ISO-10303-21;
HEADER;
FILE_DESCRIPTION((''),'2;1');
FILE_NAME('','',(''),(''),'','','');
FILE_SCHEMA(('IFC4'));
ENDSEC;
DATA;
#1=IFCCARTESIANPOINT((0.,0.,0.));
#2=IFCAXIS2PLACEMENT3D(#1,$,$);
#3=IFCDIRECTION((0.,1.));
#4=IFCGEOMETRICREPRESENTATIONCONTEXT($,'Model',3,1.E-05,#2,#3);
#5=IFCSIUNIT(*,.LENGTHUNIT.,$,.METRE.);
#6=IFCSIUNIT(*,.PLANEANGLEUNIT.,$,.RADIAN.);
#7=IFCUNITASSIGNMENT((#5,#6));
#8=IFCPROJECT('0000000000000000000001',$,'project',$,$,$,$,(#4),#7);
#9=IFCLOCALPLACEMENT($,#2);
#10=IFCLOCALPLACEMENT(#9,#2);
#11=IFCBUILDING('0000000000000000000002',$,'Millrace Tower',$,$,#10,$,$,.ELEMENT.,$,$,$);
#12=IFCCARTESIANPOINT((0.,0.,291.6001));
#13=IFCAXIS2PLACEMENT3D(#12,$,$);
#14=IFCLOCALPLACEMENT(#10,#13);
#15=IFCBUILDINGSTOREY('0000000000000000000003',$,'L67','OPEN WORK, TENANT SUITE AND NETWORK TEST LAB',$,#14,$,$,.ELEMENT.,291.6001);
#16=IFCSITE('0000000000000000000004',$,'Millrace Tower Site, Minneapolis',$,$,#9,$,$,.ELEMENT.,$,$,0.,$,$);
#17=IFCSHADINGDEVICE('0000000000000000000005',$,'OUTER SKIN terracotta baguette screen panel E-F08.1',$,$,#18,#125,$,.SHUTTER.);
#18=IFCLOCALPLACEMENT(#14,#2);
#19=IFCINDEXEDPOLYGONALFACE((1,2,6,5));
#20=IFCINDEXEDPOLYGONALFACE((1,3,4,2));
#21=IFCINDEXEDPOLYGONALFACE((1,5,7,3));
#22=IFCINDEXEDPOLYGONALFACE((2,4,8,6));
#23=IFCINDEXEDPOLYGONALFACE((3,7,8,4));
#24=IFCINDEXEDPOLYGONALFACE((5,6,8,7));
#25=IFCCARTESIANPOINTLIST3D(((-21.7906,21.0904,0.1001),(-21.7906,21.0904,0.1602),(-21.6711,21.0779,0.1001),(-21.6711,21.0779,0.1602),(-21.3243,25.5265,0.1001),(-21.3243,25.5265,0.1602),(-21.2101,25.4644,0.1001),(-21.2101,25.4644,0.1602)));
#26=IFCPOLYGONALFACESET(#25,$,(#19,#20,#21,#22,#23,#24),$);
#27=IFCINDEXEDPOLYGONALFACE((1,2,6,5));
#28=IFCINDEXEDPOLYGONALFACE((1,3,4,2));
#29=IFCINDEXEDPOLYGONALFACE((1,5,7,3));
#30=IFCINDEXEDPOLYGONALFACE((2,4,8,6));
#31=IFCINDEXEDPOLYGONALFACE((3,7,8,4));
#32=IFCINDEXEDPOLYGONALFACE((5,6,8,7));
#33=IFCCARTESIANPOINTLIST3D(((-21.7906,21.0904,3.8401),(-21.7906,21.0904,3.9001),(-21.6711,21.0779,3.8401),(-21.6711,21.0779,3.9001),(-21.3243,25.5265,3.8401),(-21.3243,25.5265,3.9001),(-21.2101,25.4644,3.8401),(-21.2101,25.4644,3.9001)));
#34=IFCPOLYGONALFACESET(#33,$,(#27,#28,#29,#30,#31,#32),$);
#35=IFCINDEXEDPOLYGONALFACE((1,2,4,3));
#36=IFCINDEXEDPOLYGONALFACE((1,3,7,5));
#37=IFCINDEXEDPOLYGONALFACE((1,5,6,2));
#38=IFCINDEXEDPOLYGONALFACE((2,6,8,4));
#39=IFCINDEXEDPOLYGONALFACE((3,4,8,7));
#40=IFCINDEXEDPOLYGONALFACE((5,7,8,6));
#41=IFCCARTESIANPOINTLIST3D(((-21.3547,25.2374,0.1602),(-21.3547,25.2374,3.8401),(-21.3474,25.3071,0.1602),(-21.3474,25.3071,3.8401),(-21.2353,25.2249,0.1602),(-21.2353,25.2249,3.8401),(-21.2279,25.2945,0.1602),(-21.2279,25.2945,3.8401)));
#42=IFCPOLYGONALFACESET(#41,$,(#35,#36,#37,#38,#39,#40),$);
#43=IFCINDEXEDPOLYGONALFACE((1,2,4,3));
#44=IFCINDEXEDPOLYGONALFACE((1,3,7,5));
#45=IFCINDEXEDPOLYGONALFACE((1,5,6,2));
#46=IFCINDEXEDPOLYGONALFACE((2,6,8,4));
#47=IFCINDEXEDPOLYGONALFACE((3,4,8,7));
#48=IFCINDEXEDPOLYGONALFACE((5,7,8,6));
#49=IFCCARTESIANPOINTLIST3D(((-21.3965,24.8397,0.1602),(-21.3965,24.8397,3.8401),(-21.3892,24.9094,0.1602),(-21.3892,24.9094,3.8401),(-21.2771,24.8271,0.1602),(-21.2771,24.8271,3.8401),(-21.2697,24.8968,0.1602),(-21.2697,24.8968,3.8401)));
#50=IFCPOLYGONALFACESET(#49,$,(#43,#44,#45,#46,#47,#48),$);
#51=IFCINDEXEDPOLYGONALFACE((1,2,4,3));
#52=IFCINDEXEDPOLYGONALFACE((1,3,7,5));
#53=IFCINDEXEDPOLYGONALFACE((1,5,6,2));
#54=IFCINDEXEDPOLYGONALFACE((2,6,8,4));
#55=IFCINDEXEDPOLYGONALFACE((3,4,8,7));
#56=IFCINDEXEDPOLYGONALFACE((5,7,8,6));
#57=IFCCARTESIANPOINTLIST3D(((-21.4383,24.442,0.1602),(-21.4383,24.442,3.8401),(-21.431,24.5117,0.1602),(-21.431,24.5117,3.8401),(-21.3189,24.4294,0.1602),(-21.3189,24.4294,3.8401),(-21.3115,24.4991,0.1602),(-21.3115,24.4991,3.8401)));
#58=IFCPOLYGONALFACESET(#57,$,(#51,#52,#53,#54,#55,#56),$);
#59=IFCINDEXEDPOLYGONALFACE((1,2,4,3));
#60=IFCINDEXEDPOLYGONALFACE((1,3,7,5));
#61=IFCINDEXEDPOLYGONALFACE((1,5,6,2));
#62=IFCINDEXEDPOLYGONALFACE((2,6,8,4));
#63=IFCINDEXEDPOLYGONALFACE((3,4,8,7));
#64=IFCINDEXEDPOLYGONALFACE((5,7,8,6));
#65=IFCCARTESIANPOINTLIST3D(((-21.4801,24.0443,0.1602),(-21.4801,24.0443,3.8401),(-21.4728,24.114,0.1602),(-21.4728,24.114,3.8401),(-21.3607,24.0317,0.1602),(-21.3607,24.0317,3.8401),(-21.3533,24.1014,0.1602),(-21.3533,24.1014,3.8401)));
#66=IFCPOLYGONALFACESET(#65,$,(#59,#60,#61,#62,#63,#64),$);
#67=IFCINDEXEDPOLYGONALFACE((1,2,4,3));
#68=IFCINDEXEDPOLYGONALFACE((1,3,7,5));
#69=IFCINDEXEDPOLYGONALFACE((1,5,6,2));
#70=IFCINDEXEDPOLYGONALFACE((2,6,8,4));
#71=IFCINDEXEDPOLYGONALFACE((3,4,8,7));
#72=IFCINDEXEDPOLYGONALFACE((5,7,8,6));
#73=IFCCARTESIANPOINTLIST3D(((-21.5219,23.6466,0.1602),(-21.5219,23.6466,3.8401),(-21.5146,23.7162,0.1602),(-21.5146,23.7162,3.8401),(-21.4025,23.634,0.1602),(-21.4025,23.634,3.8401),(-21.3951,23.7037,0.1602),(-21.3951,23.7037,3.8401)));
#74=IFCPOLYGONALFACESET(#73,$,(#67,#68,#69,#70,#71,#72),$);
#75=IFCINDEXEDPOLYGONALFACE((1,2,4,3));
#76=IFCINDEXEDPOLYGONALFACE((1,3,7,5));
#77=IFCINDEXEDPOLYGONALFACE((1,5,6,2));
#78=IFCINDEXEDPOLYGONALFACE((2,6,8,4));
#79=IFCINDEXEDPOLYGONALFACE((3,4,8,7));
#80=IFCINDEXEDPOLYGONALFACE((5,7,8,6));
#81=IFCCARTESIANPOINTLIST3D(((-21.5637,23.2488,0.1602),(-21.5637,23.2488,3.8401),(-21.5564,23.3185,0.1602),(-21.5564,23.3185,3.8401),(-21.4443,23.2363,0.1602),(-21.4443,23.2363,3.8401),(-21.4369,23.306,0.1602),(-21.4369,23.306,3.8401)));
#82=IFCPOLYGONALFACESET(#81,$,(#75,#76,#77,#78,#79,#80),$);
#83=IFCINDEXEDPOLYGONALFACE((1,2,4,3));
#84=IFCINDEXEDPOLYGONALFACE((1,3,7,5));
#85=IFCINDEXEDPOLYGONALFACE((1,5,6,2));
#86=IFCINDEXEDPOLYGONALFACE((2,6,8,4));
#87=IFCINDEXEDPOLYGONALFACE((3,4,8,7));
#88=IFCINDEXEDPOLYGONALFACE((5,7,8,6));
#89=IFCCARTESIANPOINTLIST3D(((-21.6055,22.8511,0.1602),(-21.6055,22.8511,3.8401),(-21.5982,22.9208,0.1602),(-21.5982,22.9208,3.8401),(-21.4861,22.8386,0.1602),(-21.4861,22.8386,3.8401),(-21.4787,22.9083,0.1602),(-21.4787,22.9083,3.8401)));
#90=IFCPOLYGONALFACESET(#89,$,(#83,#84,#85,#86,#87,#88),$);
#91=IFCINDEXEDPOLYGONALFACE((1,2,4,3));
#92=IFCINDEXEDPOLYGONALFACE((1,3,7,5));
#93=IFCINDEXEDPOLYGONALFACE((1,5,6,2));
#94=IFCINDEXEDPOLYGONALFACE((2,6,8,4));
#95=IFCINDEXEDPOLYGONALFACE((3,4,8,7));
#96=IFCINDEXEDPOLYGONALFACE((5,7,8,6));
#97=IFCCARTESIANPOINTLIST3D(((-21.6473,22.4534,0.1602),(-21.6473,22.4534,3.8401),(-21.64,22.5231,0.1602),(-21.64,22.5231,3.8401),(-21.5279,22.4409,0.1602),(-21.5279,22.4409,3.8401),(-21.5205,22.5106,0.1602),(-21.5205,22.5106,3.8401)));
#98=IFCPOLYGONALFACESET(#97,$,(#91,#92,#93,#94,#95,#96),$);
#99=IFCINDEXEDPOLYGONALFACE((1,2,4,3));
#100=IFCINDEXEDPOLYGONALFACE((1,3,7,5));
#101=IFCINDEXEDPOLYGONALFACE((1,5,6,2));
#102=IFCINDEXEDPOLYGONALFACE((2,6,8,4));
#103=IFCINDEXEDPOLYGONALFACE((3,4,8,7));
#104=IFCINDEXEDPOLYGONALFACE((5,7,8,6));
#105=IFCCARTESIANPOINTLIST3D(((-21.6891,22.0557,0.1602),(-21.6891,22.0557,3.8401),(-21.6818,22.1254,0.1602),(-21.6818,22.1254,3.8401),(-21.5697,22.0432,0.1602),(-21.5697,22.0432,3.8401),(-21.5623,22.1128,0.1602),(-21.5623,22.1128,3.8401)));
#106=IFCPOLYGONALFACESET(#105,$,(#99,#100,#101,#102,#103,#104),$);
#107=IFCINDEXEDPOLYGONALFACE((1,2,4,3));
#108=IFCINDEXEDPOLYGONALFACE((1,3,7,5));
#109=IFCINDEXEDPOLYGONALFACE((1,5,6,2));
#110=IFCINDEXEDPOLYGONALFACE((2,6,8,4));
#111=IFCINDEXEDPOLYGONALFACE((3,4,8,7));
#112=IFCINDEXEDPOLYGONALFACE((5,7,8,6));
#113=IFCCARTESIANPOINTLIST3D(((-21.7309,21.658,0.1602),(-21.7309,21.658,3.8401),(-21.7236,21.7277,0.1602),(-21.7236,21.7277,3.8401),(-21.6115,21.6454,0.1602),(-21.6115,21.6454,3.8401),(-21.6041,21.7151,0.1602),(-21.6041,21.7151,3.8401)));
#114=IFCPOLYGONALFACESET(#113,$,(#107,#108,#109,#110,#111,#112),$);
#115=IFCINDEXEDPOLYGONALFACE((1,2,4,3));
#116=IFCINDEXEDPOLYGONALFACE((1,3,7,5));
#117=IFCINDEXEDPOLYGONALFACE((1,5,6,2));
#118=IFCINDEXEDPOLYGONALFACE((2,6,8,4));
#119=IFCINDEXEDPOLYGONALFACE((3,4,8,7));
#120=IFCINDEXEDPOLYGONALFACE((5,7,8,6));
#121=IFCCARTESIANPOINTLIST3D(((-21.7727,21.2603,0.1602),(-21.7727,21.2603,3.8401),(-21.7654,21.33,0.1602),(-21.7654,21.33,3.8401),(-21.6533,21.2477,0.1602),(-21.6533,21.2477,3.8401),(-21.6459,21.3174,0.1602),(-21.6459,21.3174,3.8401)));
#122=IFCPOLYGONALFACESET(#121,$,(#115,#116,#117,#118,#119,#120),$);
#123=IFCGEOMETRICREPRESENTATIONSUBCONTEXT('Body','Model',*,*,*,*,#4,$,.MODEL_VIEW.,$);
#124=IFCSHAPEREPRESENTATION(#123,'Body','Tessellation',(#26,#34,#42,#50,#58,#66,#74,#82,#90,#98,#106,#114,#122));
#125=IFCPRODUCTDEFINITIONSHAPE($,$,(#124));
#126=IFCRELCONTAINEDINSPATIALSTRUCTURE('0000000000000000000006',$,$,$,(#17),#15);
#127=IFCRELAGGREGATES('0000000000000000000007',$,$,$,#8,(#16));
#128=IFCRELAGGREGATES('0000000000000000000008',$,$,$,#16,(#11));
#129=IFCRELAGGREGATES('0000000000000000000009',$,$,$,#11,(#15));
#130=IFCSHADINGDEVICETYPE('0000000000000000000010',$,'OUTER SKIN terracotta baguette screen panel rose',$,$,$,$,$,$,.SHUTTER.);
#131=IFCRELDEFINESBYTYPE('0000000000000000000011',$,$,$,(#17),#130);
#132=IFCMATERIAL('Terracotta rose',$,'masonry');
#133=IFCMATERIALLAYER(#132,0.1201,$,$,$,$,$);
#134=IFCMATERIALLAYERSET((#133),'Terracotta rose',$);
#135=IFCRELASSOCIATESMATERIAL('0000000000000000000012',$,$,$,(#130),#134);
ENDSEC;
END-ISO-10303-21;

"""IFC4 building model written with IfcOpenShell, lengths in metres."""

from ifc_helpers import new_model, entity, si_unit, direction, frame, frame_2d, origin, place, context, subcontext, project, spatial, rectangle, extrude, source, transform, mapped, material, layer, layer_set, type_object, element, save


model = new_model("IFC4")

# Units and contexts
model_context = context("Model", 3, precision=1e-05, world=origin(), true_north=direction((0.0, 1.0)))
body_context = subcontext(model_context, "Body", "Model", "MODEL_VIEW")
ifc_project = project(units=[si_unit("LENGTHUNIT", "METRE"), si_unit("PLANEANGLEUNIT", "RADIAN")], contexts=[model_context])

# Site, building, storey
site_placement = place(None, origin())
site = spatial("IfcSite", under=ifc_project, at=site_placement, Name="Millrace Tower Site, Minneapolis", CompositionType="ELEMENT", RefElevation=0.0)
building_placement = place(site_placement, origin())
building = spatial("IfcBuilding", under=site, at=building_placement, Name="Millrace Tower", CompositionType="ELEMENT")
storey_placement = place(building_placement, frame((0.0, 0.0, 291.6001)))
storey = spatial("IfcBuildingStorey", under=building, at=storey_placement, Name="L67", Description="OPEN WORK, TENANT SUITE AND NETWORK TEST LAB", CompositionType="ELEMENT", Elevation=291.6001)

# Shading device
ifc_material_1 = material(Name="Terracotta rose", Category="masonry")
ifc_layer_1 = layer(ifc_material_1, 0.1201)
ifc_layer_set_1 = layer_set([ifc_layer_1], Name="Terracotta rose")
shading_device_type = type_object("IfcShadingDeviceType", Name="OUTER SKIN terracotta baguette screen panel rose", PredefinedType="SHUTTER", material=ifc_layer_set_1)
cartesian_point_1 = entity("IfcCartesianPoint", [-2.1929, 0.0601])
shared_polyline_1 = entity("IfcPolyline", [cartesian_point_1, entity("IfcCartesianPoint", [2.2178, 0.0601]), entity("IfcCartesianPoint", [2.2178, -0.0601]), entity("IfcCartesianPoint", [-2.2427, -0.0601]), cartesian_point_1])
shared_shape_1 = source(origin(), body_context, "Body", "SweptSolid", [
    entity("IfcExtrudedAreaSolid", entity("IfcArbitraryClosedProfileDef", "AREA", None, shared_polyline_1), entity("IfcAxis2Placement3D", entity("IfcCartesianPoint", [0.0, 0.0, 0.0])), entity("IfcDirection", [0.0, 0.0, 1.0]), 0.0601),
    entity("IfcExtrudedAreaSolid", entity("IfcArbitraryClosedProfileDef", "AREA", None, shared_polyline_1), entity("IfcAxis2Placement3D", entity("IfcCartesianPoint", [0.0, 0.0, 3.74])), entity("IfcDirection", [0.0, 0.0, 1.0]), 0.0601),
    extrude(rectangle(XDim=0.0701, YDim=0.1201, at=frame_2d((-1.9871, 0.0))), frame((0.0, 0.0, 0.0601)), (0.0, 0.0, 1.0), 3.6799),
    extrude(rectangle(XDim=0.0701, YDim=0.1201, at=frame_2d((-1.5872, 0.0))), frame((0.0, 0.0, 0.0601)), (0.0, 0.0, 1.0), 3.6799),
    extrude(rectangle(XDim=0.0701, YDim=0.1201, at=frame_2d((-1.1873, 0.0))), frame((0.0, 0.0, 0.0601)), (0.0, 0.0, 1.0), 3.6799),
    extrude(rectangle(XDim=0.0701, YDim=0.1201, at=frame_2d((-0.7874, 0.0))), frame((0.0, 0.0, 0.0601)), (0.0, 0.0, 1.0), 3.6799),
    extrude(rectangle(XDim=0.0701, YDim=0.1201, at=frame_2d((-0.3875, 0.0))), frame((0.0, 0.0, 0.0601)), (0.0, 0.0, 1.0), 3.6799),
    extrude(rectangle(XDim=0.0701, YDim=0.1201, at=frame_2d((0.0125, 0.0))), frame((0.0, 0.0, 0.0601)), (0.0, 0.0, 1.0), 3.6799),
    extrude(rectangle(XDim=0.0701, YDim=0.1201, at=frame_2d((0.4124, 0.0))), frame((0.0, 0.0, 0.0601)), (0.0, 0.0, 1.0), 3.6799),
    extrude(rectangle(XDim=0.0701, YDim=0.1201, at=frame_2d((0.8123, 0.0))), frame((0.0, 0.0, 0.0601)), (0.0, 0.0, 1.0), 3.6799),
    extrude(rectangle(XDim=0.0701, YDim=0.1201, at=frame_2d((1.2122, 0.0))), frame((0.0, 0.0, 0.0601)), (0.0, 0.0, 1.0), 3.6799),
    extrude(rectangle(XDim=0.0701, YDim=0.1201, at=frame_2d((1.6121, 0.0))), frame((0.0, 0.0, 0.0601)), (0.0, 0.0, 1.0), 3.6799),
    extrude(rectangle(XDim=0.0701, YDim=0.1201, at=frame_2d((2.012, 0.0))), frame((0.0, 0.0, 0.0601)), (0.0, 0.0, 1.0), 3.6799),
])
shading_device_1_placement = place(storey_placement, frame((-21.499, 23.2898, 0.1001), z_axis=(0.0, 0.0, 1.0), x_axis=(-0.104528, -0.994522, 0.0)))
element("IfcShadingDevice", 1, at=shading_device_1_placement, inside=storey, type_object=shading_device_type, Name="OUTER SKIN terracotta baguette screen panel E-F08.1", PredefinedType="SHUTTER", context=body_context, shape_type="MappedRepresentation", body=[
    mapped(shared_shape_1, transform((0.0, 0.0, 0.0), scale=1.0)),
])

save(model, "model.ifc")
